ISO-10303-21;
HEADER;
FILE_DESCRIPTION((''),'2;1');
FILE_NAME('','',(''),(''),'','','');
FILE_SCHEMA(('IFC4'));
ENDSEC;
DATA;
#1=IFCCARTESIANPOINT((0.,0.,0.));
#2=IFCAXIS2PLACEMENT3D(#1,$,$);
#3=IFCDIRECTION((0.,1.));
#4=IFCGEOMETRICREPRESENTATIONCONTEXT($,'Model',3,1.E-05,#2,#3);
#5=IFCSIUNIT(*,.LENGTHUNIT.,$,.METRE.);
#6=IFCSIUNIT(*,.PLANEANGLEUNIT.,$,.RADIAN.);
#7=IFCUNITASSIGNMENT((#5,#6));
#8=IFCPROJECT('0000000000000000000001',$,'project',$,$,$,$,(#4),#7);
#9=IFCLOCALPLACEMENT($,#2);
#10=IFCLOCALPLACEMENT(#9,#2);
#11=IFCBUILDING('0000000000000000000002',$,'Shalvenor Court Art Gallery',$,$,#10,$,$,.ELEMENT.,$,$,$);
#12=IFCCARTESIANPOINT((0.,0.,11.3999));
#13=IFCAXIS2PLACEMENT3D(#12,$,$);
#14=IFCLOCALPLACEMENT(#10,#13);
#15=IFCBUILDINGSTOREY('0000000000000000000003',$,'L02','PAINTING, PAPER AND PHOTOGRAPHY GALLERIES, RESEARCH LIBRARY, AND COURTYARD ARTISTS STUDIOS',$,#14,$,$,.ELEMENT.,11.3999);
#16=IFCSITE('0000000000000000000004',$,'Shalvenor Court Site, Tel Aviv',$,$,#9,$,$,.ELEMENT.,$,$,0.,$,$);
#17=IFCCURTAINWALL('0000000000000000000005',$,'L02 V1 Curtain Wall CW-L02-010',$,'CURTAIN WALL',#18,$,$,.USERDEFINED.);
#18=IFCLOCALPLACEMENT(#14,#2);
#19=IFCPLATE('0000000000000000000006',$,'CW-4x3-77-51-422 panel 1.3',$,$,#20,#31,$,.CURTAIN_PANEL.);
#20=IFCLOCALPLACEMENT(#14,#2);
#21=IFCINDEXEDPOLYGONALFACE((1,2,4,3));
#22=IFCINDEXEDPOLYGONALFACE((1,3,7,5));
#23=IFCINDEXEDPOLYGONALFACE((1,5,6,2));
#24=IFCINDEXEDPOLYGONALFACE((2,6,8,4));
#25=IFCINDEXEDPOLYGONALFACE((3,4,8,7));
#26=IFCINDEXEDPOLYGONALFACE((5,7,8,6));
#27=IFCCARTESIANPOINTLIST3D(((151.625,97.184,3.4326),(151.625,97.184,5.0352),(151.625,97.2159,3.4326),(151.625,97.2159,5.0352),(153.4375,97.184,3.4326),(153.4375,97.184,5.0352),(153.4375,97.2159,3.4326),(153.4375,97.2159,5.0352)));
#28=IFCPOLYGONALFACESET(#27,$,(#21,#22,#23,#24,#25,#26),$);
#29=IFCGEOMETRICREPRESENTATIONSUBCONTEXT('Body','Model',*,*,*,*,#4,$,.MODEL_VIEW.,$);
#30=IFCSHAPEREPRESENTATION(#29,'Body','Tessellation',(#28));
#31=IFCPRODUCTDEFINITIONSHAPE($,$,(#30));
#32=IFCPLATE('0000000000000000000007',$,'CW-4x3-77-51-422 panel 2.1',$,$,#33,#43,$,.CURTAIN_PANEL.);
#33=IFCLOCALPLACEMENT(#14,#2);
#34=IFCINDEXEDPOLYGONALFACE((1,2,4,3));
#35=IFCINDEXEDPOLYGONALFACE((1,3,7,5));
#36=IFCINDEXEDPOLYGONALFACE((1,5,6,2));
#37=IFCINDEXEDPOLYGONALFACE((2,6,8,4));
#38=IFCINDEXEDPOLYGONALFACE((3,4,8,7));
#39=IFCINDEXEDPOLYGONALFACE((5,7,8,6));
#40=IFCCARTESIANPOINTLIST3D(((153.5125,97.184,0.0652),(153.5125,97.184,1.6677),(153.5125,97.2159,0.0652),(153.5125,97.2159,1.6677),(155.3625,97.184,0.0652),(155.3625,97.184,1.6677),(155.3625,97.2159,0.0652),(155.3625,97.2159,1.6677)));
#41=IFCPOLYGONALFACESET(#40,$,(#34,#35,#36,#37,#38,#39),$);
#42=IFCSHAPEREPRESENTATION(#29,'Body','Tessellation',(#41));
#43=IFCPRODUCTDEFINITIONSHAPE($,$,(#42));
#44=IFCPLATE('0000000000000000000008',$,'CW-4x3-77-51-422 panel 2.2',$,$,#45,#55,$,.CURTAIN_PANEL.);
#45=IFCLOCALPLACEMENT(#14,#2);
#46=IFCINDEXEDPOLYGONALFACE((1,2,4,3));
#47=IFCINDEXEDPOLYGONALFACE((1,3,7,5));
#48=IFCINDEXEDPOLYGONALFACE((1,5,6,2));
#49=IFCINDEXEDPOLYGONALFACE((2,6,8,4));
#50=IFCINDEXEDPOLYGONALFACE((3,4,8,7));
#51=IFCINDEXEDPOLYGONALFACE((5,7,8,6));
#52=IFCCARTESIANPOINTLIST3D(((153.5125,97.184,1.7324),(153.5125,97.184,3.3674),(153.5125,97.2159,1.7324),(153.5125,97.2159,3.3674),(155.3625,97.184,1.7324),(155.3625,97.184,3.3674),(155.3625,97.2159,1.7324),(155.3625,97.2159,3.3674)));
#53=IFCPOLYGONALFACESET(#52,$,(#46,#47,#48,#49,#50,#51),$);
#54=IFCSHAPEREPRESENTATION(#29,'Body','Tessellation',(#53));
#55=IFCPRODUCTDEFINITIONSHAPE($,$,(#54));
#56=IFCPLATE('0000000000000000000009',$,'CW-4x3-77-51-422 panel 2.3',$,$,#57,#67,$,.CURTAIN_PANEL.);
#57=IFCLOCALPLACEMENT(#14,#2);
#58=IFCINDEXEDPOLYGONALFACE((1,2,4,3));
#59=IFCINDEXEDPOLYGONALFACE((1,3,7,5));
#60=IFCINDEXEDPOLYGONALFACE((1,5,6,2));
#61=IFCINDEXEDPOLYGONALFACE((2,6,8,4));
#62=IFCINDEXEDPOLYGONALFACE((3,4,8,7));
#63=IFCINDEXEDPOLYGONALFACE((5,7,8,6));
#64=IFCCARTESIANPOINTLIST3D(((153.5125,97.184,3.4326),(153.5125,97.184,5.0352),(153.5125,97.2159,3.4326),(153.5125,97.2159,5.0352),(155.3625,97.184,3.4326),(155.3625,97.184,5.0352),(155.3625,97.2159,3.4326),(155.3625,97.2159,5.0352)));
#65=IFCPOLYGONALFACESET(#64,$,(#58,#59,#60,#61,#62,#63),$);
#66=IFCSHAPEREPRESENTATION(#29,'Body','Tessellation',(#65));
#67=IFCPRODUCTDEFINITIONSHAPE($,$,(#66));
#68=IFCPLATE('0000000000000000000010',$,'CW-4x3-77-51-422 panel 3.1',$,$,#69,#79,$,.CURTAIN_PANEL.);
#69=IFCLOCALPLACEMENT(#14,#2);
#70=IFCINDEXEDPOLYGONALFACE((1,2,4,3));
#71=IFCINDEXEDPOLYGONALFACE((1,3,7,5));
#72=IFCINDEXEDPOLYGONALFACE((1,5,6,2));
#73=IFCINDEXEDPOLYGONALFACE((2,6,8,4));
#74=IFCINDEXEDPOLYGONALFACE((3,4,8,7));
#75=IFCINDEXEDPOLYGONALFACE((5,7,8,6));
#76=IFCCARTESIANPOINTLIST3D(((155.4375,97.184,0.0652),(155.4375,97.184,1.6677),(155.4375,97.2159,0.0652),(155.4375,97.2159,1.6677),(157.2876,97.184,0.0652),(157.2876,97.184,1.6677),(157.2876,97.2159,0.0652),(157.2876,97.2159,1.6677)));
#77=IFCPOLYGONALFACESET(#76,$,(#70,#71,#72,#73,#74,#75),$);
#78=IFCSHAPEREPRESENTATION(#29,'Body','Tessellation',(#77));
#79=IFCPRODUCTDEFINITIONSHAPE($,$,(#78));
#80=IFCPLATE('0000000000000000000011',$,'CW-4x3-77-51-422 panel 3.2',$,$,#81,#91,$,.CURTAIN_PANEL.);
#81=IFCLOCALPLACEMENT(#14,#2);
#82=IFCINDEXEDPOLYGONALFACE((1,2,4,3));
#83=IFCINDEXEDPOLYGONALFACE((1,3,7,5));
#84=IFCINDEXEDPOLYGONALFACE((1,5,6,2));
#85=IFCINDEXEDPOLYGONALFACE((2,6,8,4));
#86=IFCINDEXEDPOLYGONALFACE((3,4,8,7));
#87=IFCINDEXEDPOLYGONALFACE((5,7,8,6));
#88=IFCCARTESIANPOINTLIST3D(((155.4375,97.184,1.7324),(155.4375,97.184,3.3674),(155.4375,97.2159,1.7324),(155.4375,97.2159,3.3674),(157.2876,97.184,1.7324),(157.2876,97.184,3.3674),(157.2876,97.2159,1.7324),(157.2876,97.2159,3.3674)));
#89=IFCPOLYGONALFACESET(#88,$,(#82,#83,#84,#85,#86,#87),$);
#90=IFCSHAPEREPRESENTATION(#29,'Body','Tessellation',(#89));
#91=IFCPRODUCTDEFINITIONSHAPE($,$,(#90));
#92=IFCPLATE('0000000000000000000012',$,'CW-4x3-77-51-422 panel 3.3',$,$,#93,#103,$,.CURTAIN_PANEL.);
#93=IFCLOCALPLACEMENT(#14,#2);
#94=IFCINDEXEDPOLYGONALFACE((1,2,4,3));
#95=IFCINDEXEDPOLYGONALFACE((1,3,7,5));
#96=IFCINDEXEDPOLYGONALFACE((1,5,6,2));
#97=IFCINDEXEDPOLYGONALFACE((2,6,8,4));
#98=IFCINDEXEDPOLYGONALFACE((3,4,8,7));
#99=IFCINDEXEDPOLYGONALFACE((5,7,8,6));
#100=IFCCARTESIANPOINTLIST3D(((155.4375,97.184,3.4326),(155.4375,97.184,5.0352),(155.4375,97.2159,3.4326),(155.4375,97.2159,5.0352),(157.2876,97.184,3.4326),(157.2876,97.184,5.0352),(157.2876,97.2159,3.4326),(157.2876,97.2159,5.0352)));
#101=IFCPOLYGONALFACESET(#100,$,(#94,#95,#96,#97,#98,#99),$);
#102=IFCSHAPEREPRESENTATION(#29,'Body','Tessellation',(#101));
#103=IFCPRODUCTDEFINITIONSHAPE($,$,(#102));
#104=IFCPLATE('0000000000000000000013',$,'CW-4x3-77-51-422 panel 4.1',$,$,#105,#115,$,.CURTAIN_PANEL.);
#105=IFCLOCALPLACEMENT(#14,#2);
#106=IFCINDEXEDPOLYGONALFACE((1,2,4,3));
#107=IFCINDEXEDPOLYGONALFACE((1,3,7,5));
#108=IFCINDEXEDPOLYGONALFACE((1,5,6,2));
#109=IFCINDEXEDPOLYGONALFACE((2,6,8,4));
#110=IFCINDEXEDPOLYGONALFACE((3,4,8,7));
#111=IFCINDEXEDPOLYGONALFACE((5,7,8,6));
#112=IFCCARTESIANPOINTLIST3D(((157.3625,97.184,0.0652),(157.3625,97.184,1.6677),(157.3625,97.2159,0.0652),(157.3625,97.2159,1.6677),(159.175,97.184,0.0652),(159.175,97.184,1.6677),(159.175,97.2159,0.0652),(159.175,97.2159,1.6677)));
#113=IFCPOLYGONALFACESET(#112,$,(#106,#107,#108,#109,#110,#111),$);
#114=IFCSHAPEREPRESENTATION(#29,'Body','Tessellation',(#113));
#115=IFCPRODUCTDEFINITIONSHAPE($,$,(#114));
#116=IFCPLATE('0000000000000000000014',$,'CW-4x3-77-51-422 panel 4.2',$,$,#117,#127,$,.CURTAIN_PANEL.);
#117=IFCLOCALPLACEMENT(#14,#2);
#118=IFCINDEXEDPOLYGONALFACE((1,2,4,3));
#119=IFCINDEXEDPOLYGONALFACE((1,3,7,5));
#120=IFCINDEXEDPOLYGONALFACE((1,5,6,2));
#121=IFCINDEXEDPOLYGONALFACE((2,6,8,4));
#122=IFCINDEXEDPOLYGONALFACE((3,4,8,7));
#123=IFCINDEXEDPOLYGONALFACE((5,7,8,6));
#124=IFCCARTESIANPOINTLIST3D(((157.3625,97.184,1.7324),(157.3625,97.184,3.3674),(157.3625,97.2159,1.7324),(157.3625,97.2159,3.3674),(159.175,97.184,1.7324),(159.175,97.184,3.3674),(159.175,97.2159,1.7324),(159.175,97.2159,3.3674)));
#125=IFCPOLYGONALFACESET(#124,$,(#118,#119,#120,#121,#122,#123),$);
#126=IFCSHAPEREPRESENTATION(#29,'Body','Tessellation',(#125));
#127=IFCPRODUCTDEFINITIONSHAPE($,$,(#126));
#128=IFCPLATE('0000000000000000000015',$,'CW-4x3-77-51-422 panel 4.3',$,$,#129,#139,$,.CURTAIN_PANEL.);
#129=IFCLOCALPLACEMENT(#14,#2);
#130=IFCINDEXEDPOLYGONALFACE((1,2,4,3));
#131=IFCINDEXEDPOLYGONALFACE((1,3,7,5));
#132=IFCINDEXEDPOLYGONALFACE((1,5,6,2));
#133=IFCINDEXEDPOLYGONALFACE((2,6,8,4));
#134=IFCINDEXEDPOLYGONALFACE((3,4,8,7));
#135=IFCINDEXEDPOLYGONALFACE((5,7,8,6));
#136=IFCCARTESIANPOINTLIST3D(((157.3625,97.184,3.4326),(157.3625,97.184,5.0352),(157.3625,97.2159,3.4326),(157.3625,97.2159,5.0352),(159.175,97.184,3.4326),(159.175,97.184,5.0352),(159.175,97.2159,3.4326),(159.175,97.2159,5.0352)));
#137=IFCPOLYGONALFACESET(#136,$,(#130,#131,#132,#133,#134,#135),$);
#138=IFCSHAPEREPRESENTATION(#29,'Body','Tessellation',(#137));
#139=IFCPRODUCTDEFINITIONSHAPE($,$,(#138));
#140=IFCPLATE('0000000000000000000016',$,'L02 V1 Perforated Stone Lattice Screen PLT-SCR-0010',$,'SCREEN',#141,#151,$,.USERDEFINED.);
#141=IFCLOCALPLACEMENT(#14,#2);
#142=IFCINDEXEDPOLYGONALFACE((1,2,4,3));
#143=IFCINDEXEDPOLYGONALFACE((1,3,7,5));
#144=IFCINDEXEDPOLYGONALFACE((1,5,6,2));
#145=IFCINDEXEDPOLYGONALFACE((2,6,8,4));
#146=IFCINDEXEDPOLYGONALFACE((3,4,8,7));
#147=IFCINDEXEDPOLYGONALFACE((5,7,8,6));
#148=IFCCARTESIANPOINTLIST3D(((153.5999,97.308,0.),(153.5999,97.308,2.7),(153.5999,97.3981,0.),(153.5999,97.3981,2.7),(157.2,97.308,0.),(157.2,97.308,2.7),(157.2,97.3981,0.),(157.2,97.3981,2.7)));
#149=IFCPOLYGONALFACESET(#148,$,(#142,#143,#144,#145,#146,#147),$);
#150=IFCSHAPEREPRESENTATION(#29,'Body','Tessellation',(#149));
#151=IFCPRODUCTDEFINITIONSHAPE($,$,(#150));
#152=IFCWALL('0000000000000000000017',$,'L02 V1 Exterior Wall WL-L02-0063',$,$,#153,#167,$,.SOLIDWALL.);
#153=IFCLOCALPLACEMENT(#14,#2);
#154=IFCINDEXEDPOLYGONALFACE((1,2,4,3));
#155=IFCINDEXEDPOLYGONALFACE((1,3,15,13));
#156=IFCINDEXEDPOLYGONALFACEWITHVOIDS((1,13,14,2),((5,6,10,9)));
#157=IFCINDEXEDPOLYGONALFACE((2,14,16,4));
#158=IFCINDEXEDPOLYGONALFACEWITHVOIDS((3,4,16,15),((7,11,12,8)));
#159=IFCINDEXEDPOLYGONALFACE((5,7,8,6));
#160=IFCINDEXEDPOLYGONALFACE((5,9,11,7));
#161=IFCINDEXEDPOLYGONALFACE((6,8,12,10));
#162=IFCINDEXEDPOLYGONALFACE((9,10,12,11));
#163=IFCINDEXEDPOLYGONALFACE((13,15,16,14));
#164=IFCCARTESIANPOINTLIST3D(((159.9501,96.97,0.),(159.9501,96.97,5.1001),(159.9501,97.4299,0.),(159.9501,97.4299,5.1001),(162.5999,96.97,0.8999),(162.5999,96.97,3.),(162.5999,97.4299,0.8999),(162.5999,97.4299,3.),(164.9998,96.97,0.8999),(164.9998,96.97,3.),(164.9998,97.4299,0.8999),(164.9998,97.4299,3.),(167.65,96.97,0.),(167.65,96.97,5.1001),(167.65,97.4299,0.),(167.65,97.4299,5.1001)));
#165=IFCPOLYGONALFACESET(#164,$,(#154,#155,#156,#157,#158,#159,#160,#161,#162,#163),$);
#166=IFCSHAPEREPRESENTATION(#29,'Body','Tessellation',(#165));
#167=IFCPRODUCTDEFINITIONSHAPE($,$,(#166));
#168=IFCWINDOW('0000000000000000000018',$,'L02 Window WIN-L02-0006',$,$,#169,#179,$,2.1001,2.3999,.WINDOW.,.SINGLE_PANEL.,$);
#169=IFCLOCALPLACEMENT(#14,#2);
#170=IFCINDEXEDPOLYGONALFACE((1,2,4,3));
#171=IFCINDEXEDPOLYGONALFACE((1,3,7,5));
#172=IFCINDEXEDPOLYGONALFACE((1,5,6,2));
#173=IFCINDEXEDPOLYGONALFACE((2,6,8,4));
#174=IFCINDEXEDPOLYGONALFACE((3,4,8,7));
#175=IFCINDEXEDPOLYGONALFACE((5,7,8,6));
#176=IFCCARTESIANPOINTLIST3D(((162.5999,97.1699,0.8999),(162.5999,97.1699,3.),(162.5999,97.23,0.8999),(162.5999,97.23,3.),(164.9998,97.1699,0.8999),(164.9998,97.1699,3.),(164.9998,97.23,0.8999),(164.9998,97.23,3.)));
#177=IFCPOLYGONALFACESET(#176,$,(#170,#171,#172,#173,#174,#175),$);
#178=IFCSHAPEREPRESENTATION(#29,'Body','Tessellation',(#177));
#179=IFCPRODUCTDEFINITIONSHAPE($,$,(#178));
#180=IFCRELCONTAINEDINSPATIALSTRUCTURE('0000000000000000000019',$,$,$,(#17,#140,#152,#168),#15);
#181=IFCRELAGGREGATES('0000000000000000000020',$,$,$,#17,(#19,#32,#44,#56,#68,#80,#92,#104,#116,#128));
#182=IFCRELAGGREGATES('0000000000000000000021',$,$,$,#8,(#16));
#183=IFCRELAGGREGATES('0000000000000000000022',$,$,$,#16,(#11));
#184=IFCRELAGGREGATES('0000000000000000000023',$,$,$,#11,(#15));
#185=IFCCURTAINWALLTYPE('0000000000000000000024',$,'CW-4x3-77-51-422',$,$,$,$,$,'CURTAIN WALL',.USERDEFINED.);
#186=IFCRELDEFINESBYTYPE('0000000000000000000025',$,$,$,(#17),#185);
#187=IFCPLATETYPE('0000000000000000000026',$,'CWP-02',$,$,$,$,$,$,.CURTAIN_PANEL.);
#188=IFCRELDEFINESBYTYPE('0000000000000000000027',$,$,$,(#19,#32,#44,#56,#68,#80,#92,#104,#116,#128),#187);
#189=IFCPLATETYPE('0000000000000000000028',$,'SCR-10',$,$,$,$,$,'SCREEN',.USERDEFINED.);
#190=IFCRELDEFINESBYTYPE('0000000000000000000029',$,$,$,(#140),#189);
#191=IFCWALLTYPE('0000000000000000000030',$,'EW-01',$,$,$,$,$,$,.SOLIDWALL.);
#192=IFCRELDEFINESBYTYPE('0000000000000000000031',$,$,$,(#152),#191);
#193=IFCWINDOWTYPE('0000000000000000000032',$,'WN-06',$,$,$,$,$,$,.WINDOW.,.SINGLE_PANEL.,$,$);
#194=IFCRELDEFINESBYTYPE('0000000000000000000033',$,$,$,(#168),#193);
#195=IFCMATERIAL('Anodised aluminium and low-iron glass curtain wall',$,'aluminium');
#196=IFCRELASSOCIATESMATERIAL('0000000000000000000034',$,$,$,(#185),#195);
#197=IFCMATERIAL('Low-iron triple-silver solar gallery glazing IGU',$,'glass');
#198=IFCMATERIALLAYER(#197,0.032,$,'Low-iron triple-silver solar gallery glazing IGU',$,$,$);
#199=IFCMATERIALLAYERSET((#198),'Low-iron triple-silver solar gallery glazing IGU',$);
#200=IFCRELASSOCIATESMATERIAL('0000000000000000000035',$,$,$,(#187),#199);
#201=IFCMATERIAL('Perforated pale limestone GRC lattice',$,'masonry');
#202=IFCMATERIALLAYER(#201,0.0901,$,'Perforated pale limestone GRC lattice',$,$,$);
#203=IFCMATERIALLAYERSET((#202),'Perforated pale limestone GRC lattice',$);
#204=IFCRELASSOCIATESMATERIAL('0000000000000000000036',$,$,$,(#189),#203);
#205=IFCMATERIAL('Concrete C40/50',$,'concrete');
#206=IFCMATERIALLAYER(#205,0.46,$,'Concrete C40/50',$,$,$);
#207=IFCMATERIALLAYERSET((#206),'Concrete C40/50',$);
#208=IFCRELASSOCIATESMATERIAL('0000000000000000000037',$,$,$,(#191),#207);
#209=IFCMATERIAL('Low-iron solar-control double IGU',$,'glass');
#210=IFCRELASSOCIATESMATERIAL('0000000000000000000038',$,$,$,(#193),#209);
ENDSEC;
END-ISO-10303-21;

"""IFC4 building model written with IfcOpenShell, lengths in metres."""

from ifc_helpers import new_model, si_unit, direction, frame, frame_2d, origin, origin_2d, place, context, subcontext, project, spatial, rectangle, extrude, material, layer, layer_set, type_object, element, fill, aggregate, save


model = new_model("IFC4")

# Units and contexts
model_context = context("Model", 3, precision=1e-05, world=origin(), true_north=direction((0.0, 1.0)))
body_context = subcontext(model_context, "Body", "Model", "MODEL_VIEW")
ifc_project = project(units=[si_unit("LENGTHUNIT", "METRE"), si_unit("PLANEANGLEUNIT", "RADIAN")], contexts=[model_context])

# Site, building, storey
site_placement = place(None, origin())
site = spatial("IfcSite", under=ifc_project, at=site_placement, Name="Shalvenor Court Site, Tel Aviv", CompositionType="ELEMENT", RefElevation=0.0)
building_placement = place(site_placement, origin())
building = spatial("IfcBuilding", under=site, at=building_placement, Name="Shalvenor Court Art Gallery", CompositionType="ELEMENT")
storey_placement = place(building_placement, frame((0.0, 0.0, 11.3999)))
storey = spatial("IfcBuildingStorey", under=building, at=storey_placement, Name="L02", Description="PAINTING, PAPER AND PHOTOGRAPHY GALLERIES, RESEARCH LIBRARY, AND COURTYARD ARTISTS STUDIOS", CompositionType="ELEMENT", Elevation=11.3999)

# Curtain wall
ifc_material_1 = material(Name="Anodised aluminium and low-iron glass curtain wall", Category="aluminium")
curtain_wall_type = type_object("IfcCurtainWallType", Name="CW-4x3-77-51-422", ElementType="CURTAIN WALL", PredefinedType="USERDEFINED", material=ifc_material_1)
curtain_wall_placement = place(storey_placement, origin())
curtain_wall = element("IfcCurtainWall", 1, at=curtain_wall_placement, inside=storey, type_object=curtain_wall_type, Name="L02 V1 Curtain Wall CW-L02-010", ObjectType="CURTAIN WALL", PredefinedType="USERDEFINED")

# Plates
ifc_material_2 = material(Name="Low-iron triple-silver solar gallery glazing IGU", Category="glass")
ifc_layer_1 = layer(ifc_material_2, 0.032, Name="Low-iron triple-silver solar gallery glazing IGU")
ifc_layer_set_1 = layer_set([ifc_layer_1], Name="Low-iron triple-silver solar gallery glazing IGU")
plate_type_1 = type_object("IfcPlateType", Name="CWP-02", PredefinedType="CURTAIN_PANEL", material=ifc_layer_set_1)
plate_1_placement = place(storey_placement, frame((152.5312, 97.2, 3.4326), z_axis=(0.0, 0.0, 1.0), x_axis=(1.0, 0.0, 0.0)))
plate_1 = element("IfcPlate", 2, at=plate_1_placement, type_object=plate_type_1, Name="CW-4x3-77-51-422 panel 1.3", PredefinedType="CURTAIN_PANEL", context=body_context, shape_type="SweptSolid", body=[
    extrude(rectangle(XDim=1.8125, YDim=0.032, at=origin_2d()), origin(), (0.0, 0.0, 1.0), 1.6025),
])
plate_2_placement = place(storey_placement, frame((154.4375, 97.2, 0.0652), z_axis=(0.0, 0.0, 1.0), x_axis=(1.0, 0.0, 0.0)))
plate_2 = element("IfcPlate", 3, at=plate_2_placement, type_object=plate_type_1, Name="CW-4x3-77-51-422 panel 2.1", PredefinedType="CURTAIN_PANEL", context=body_context, shape_type="SweptSolid", body=[
    extrude(rectangle(XDim=1.8501, YDim=0.032, at=origin_2d()), origin(), (0.0, 0.0, 1.0), 1.6025),
])
plate_3_placement = place(storey_placement, frame((154.4375, 97.2, 1.7324), z_axis=(0.0, 0.0, 1.0), x_axis=(1.0, 0.0, 0.0)))
plate_3 = element("IfcPlate", 4, at=plate_3_placement, type_object=plate_type_1, Name="CW-4x3-77-51-422 panel 2.2", PredefinedType="CURTAIN_PANEL", context=body_context, shape_type="SweptSolid", body=[
    extrude(rectangle(XDim=1.8501, YDim=0.032, at=origin_2d()), origin(), (0.0, 0.0, 1.0), 1.635),
])
plate_4_placement = place(storey_placement, frame((154.4375, 97.2, 3.4326), z_axis=(0.0, 0.0, 1.0), x_axis=(1.0, 0.0, 0.0)))
plate_4 = element("IfcPlate", 5, at=plate_4_placement, type_object=plate_type_1, Name="CW-4x3-77-51-422 panel 2.3", PredefinedType="CURTAIN_PANEL", context=body_context, shape_type="SweptSolid", body=[
    extrude(rectangle(XDim=1.8501, YDim=0.032, at=origin_2d()), origin(), (0.0, 0.0, 1.0), 1.6025),
])
plate_5_placement = place(storey_placement, frame((156.3625, 97.2, 0.0652), z_axis=(0.0, 0.0, 1.0), x_axis=(1.0, 0.0, 0.0)))
plate_5 = element("IfcPlate", 6, at=plate_5_placement, type_object=plate_type_1, Name="CW-4x3-77-51-422 panel 3.1", PredefinedType="CURTAIN_PANEL", context=body_context, shape_type="SweptSolid", body=[
    extrude(rectangle(XDim=1.8501, YDim=0.032, at=origin_2d()), origin(), (0.0, 0.0, 1.0), 1.6025),
])
plate_6_placement = place(storey_placement, frame((156.3625, 97.2, 1.7324), z_axis=(0.0, 0.0, 1.0), x_axis=(1.0, 0.0, 0.0)))
plate_6 = element("IfcPlate", 7, at=plate_6_placement, type_object=plate_type_1, Name="CW-4x3-77-51-422 panel 3.2", PredefinedType="CURTAIN_PANEL", context=body_context, shape_type="SweptSolid", body=[
    extrude(rectangle(XDim=1.8501, YDim=0.032, at=origin_2d()), origin(), (0.0, 0.0, 1.0), 1.635),
])
plate_7_placement = place(storey_placement, frame((156.3625, 97.2, 3.4326), z_axis=(0.0, 0.0, 1.0), x_axis=(1.0, 0.0, 0.0)))
plate_7 = element("IfcPlate", 8, at=plate_7_placement, type_object=plate_type_1, Name="CW-4x3-77-51-422 panel 3.3", PredefinedType="CURTAIN_PANEL", context=body_context, shape_type="SweptSolid", body=[
    extrude(rectangle(XDim=1.8501, YDim=0.032, at=origin_2d()), origin(), (0.0, 0.0, 1.0), 1.6025),
])
plate_8_placement = place(storey_placement, frame((158.2688, 97.2, 0.0652), z_axis=(0.0, 0.0, 1.0), x_axis=(1.0, 0.0, 0.0)))
plate_8 = element("IfcPlate", 9, at=plate_8_placement, type_object=plate_type_1, Name="CW-4x3-77-51-422 panel 4.1", PredefinedType="CURTAIN_PANEL", context=body_context, shape_type="SweptSolid", body=[
    extrude(rectangle(XDim=1.8125, YDim=0.032, at=origin_2d()), origin(), (0.0, 0.0, 1.0), 1.6025),
])
plate_9_placement = place(storey_placement, frame((158.2688, 97.2, 1.7324), z_axis=(0.0, 0.0, 1.0), x_axis=(1.0, 0.0, 0.0)))
plate_9 = element("IfcPlate", 10, at=plate_9_placement, type_object=plate_type_1, Name="CW-4x3-77-51-422 panel 4.2", PredefinedType="CURTAIN_PANEL", context=body_context, shape_type="SweptSolid", body=[
    extrude(rectangle(XDim=1.8125, YDim=0.032, at=origin_2d()), origin(), (0.0, 0.0, 1.0), 1.635),
])
plate_10_placement = place(storey_placement, frame((158.2688, 97.2, 3.4326), z_axis=(0.0, 0.0, 1.0), x_axis=(1.0, 0.0, 0.0)))
plate_10 = element("IfcPlate", 11, at=plate_10_placement, type_object=plate_type_1, Name="CW-4x3-77-51-422 panel 4.3", PredefinedType="CURTAIN_PANEL", context=body_context, shape_type="SweptSolid", body=[
    extrude(rectangle(XDim=1.8125, YDim=0.032, at=origin_2d()), origin(), (0.0, 0.0, 1.0), 1.6025),
])
aggregate(curtain_wall, [plate_1, plate_2, plate_3, plate_4, plate_5, plate_6, plate_7, plate_8, plate_9, plate_10])
ifc_material_3 = material(Name="Perforated pale limestone GRC lattice", Category="masonry")
ifc_layer_2 = layer(ifc_material_3, 0.0901, Name="Perforated pale limestone GRC lattice")
ifc_layer_set_2 = layer_set([ifc_layer_2], Name="Perforated pale limestone GRC lattice")
plate_type_2 = type_object("IfcPlateType", Name="SCR-10", ElementType="SCREEN", PredefinedType="USERDEFINED", material=ifc_layer_set_2)
plate_11_placement = place(storey_placement, frame((155.3999, 97.353, 0.0), z_axis=(0.0, 0.0, 1.0), x_axis=(1.0, 0.0, 0.0)))
element("IfcPlate", 12, at=plate_11_placement, inside=storey, type_object=plate_type_2, Name="L02 V1 Perforated Stone Lattice Screen PLT-SCR-0010", ObjectType="SCREEN", PredefinedType="USERDEFINED", context=body_context, shape_type="SweptSolid", body=[
    extrude(rectangle(XDim=3.6001, YDim=0.0901, at=origin_2d()), origin(), (0.0, 0.0, 1.0), 2.7),
])

# Wall, opening, window
ifc_material_4 = material(Name="Concrete C40/50", Category="concrete")
ifc_layer_3 = layer(ifc_material_4, 0.46, Name="Concrete C40/50")
ifc_layer_set_3 = layer_set([ifc_layer_3], Name="Concrete C40/50")
wall_type = type_object("IfcWallType", Name="EW-01", PredefinedType="SOLIDWALL", material=ifc_layer_set_3)
wall_placement = place(storey_placement, frame((159.95, 97.2, 0.0), z_axis=(0.0, 0.0, 1.0), x_axis=(1.0, 0.0, 0.0)))
wall = element("IfcWall", 13, at=wall_placement, inside=storey, type_object=wall_type, Name="L02 V1 Exterior Wall WL-L02-0063", PredefinedType="SOLIDWALL", context=body_context, shape_type="SweptSolid", body=[
    extrude(rectangle(XDim=7.7, YDim=0.46, at=frame_2d((3.8501, 0.0))), origin(), (0.0, 0.0, 1.0), 5.1001),
])
opening_placement = place(wall_placement, frame((2.6499, 0.0, 0.8999)))
opening = element("IfcOpeningElement", 14, at=opening_placement, cuts=wall, PredefinedType="OPENING", context=body_context, shape_type="SweptSolid", body=[
    extrude(rectangle(XDim=2.3999, YDim=2.1001, at=frame_2d((1.2, 1.05))), frame((0.0, 0.24, 0.0), z_axis=(0.0, -1.0, 0.0), x_axis=(1.0, 0.0, 0.0)), (0.0, 0.0, 1.0), 0.48),
])
ifc_material_5 = material(Name="Low-iron solar-control double IGU", Category="glass")
window_type = type_object("IfcWindowType", Name="WN-06", PartitioningType="SINGLE_PANEL", PredefinedType="WINDOW", material=ifc_material_5)
window_placement = place(opening_placement, origin())
window = element("IfcWindow", 15, at=window_placement, inside=storey, type_object=window_type, Name="L02 Window WIN-L02-0006", OverallHeight=2.1001, OverallWidth=2.3999, PartitioningType="SINGLE_PANEL", PredefinedType="WINDOW", context=body_context, shape_type="SweptSolid", body=[
    extrude(rectangle(XDim=2.3999, YDim=2.1001, at=frame_2d((1.2, 1.05))), frame((0.0, 0.03, 0.0), z_axis=(0.0, -1.0, 0.0), x_axis=(1.0, 0.0, 0.0)), (0.0, 0.0, 1.0), 0.0601),
])
fill(opening, window)

save(model, "model.ifc")
